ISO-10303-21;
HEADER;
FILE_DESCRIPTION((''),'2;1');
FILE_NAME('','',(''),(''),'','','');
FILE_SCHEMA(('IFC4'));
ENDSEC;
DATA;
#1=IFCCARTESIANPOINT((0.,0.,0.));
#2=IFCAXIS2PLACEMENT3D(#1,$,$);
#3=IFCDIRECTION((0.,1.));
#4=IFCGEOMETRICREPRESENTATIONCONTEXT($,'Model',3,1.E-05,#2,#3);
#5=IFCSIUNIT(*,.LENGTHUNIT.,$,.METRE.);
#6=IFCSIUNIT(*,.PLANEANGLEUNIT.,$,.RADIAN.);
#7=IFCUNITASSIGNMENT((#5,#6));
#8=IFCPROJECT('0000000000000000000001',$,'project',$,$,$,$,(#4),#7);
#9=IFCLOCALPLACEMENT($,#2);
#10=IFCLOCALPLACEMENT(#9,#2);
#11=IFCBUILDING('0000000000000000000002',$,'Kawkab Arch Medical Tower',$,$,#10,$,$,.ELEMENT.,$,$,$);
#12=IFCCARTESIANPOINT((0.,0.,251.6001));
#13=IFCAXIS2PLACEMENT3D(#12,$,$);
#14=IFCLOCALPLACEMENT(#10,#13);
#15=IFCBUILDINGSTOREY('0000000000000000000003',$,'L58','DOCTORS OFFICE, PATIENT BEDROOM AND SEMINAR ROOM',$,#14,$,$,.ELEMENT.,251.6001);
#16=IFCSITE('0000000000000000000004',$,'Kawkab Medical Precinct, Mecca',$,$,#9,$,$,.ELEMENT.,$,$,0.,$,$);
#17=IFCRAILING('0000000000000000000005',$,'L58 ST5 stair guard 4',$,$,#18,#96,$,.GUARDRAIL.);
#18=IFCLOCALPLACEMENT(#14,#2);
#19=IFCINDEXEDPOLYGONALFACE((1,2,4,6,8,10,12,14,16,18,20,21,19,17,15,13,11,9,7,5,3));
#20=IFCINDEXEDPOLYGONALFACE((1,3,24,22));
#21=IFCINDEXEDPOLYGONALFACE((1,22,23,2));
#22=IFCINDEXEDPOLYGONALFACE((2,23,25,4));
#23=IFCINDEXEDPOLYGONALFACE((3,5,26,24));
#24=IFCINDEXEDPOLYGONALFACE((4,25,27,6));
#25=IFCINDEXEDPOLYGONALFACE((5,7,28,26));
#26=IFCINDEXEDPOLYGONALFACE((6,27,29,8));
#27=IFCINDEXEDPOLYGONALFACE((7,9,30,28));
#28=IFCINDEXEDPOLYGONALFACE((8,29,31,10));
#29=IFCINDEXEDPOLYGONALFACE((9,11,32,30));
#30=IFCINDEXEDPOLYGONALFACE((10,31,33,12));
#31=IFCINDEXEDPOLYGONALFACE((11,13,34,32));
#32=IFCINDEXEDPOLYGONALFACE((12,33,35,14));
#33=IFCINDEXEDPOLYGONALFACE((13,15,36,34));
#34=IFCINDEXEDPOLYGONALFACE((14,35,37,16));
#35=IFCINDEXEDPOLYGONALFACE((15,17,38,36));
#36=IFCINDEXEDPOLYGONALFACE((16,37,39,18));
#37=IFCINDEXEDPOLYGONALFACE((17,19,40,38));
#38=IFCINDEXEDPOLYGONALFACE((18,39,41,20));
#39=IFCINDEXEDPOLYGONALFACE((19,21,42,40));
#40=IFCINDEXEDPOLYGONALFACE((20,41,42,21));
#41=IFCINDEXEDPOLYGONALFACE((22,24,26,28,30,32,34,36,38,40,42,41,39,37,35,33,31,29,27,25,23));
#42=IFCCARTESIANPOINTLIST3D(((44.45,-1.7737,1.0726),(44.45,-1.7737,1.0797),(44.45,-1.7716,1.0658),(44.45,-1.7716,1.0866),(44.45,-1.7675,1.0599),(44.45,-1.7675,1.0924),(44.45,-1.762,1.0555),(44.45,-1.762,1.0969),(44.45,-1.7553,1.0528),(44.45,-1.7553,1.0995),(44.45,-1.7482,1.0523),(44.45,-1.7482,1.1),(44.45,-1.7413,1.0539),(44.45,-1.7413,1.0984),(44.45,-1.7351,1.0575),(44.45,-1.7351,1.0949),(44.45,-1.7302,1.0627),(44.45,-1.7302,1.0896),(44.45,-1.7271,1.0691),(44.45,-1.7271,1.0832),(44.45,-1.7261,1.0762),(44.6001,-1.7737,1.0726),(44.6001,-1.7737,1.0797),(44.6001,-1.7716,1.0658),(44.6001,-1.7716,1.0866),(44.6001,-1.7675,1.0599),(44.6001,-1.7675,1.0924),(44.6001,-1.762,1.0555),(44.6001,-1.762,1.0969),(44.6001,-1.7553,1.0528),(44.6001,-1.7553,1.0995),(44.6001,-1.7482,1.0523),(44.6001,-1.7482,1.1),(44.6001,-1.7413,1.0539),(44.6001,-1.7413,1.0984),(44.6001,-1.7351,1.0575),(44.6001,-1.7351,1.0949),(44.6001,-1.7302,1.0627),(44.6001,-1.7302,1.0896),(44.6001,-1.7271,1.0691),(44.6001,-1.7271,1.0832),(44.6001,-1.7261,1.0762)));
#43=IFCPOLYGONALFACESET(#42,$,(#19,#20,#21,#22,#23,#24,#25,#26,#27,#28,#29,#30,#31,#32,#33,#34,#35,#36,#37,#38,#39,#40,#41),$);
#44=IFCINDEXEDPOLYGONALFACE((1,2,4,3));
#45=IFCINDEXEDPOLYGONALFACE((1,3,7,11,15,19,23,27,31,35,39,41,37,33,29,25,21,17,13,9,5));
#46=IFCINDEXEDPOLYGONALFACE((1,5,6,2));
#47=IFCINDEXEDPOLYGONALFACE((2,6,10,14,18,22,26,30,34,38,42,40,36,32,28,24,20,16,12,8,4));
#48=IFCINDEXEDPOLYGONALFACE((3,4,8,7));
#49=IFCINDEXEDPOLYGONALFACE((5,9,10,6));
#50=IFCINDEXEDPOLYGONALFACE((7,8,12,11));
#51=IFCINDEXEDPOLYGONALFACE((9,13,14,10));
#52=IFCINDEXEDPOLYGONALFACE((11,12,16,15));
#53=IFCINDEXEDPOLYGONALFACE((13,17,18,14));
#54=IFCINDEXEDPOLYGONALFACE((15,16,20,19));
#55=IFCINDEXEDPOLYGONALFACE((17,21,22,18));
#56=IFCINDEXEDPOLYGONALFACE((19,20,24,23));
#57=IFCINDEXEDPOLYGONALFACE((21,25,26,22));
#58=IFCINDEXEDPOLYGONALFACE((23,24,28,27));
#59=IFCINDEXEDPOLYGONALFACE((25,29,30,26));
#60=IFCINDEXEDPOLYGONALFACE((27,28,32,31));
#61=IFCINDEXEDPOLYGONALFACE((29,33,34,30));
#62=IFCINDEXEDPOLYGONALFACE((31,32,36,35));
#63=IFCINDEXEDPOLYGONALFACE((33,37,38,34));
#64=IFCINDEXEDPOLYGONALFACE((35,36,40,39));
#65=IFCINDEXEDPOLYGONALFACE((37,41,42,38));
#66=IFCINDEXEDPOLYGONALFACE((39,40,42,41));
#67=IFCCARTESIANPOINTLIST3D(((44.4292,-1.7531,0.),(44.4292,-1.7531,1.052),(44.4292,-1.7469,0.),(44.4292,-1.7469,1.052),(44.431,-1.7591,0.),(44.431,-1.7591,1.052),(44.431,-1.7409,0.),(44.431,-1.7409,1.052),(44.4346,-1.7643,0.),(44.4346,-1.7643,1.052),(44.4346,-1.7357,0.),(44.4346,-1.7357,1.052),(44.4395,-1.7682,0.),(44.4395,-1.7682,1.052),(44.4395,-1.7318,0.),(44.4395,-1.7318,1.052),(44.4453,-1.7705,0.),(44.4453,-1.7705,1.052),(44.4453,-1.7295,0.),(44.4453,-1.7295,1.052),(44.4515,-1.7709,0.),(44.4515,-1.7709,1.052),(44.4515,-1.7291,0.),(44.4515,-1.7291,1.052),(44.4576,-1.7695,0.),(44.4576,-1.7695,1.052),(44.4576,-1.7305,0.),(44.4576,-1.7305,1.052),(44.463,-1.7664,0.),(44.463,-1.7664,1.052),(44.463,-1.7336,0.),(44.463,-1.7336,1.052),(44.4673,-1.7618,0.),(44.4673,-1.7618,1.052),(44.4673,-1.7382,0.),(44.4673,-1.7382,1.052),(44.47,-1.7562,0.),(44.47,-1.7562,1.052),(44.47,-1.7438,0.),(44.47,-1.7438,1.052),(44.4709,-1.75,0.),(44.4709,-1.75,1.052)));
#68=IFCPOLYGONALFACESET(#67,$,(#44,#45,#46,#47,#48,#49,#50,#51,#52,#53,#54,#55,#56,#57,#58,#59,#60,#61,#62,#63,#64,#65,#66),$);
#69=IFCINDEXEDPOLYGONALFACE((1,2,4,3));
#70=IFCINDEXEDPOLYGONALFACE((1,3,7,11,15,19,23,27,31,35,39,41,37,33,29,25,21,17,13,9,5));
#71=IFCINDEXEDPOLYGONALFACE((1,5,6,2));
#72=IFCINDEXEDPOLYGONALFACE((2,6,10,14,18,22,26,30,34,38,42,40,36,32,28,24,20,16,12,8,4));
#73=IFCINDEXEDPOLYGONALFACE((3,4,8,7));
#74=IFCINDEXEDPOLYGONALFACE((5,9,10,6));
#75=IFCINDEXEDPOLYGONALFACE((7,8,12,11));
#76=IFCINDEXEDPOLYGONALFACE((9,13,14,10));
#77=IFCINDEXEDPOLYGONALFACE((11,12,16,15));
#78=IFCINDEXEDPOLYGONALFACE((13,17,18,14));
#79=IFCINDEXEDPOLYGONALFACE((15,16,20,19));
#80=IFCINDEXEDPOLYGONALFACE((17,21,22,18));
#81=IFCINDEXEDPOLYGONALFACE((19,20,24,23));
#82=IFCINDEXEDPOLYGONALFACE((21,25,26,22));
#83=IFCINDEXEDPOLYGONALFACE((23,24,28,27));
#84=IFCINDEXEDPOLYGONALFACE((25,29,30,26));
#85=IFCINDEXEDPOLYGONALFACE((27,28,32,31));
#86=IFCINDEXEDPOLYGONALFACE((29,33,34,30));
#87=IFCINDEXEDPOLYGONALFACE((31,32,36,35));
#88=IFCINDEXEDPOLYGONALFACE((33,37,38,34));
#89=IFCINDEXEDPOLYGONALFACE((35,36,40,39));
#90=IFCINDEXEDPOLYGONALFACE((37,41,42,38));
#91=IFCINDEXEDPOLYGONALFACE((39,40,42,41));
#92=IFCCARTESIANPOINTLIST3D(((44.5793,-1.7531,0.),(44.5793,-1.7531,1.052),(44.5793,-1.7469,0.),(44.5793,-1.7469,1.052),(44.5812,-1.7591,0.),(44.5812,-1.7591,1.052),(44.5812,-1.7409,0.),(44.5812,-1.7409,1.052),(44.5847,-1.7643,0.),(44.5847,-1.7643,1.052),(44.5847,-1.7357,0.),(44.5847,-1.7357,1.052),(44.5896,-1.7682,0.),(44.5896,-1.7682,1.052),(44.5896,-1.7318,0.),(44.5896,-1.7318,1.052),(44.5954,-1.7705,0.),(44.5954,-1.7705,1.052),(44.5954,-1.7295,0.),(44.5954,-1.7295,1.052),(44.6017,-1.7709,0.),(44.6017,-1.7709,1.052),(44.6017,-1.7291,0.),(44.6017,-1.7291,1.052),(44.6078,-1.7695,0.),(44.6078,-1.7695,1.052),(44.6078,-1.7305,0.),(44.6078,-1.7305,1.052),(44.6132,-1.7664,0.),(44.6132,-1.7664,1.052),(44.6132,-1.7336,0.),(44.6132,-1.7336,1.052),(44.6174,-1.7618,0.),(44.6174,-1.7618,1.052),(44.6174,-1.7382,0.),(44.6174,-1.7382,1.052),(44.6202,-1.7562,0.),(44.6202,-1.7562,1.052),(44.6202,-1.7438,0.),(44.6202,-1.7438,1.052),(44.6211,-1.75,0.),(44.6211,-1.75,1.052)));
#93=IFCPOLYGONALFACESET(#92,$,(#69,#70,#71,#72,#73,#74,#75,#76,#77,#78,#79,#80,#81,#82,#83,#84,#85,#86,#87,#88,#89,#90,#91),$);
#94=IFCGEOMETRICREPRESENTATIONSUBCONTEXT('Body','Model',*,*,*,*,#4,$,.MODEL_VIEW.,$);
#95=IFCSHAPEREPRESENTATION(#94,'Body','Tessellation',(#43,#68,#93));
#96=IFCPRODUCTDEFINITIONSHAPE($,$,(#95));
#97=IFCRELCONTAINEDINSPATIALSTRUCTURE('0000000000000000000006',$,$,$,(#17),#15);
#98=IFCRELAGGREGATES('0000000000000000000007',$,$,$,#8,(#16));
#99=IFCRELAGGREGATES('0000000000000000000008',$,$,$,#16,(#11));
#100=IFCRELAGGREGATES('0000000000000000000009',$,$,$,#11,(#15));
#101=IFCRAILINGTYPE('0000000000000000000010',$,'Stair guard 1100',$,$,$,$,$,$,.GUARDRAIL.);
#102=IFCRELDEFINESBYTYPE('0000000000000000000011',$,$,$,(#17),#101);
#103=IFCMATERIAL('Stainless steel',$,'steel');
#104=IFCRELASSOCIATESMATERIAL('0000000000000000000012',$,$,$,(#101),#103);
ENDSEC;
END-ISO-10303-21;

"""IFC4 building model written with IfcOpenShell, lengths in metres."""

from ifc_helpers import new_model, si_unit, direction, frame, origin, origin_2d, place, context, subcontext, project, spatial, circle, extrude, material, type_object, element, save


model = new_model("IFC4")

# Units and contexts
model_context = context("Model", 3, precision=1e-05, world=origin(), true_north=direction((0.0, 1.0)))
body_context = subcontext(model_context, "Body", "Model", "MODEL_VIEW")
ifc_project = project(units=[si_unit("LENGTHUNIT", "METRE"), si_unit("PLANEANGLEUNIT", "RADIAN")], contexts=[model_context])

# Site, building, storey
site_placement = place(None, origin())
site = spatial("IfcSite", under=ifc_project, at=site_placement, Name="Kawkab Medical Precinct, Mecca", CompositionType="ELEMENT", RefElevation=0.0)
building_placement = place(site_placement, origin())
building = spatial("IfcBuilding", under=site, at=building_placement, Name="Kawkab Arch Medical Tower", CompositionType="ELEMENT")
storey_placement = place(building_placement, frame((0.0, 0.0, 251.6001)))
storey = spatial("IfcBuildingStorey", under=building, at=storey_placement, Name="L58", Description="DOCTORS OFFICE, PATIENT BEDROOM AND SEMINAR ROOM", CompositionType="ELEMENT", Elevation=251.6001)

# Railing
ifc_material_1 = material(Name="Stainless steel", Category="steel")
railing_type_1 = type_object("IfcRailingType", Name="Stair guard 1100", PredefinedType="GUARDRAIL", material=ifc_material_1)
railing_1_placement = place(storey_placement, frame((44.45, -1.75, 0.0)))
element("IfcRailing", 1, at=railing_1_placement, inside=storey, type_object=railing_type_1, Name="L58 ST5 stair guard 4", PredefinedType="GUARDRAIL", context=body_context, shape_type="SweptSolid", body=[
    extrude(circle(Radius=0.0239, at=origin_2d()), frame((0.0, 0.0, 1.0762), z_axis=(1.0, 0.0, 0.0), x_axis=(0.0, 1.0, 0.0)), (0.0, 0.0, 1.0), 0.1501),
    extrude(circle(Radius=0.021, at=origin_2d()), origin(), (0.0, 0.0, 1.0), 1.052),
    extrude(circle(Radius=0.021, at=origin_2d()), frame((0.1501, 0.0, 0.0)), (0.0, 0.0, 1.0), 1.052),
])

save(model, "model.ifc")
